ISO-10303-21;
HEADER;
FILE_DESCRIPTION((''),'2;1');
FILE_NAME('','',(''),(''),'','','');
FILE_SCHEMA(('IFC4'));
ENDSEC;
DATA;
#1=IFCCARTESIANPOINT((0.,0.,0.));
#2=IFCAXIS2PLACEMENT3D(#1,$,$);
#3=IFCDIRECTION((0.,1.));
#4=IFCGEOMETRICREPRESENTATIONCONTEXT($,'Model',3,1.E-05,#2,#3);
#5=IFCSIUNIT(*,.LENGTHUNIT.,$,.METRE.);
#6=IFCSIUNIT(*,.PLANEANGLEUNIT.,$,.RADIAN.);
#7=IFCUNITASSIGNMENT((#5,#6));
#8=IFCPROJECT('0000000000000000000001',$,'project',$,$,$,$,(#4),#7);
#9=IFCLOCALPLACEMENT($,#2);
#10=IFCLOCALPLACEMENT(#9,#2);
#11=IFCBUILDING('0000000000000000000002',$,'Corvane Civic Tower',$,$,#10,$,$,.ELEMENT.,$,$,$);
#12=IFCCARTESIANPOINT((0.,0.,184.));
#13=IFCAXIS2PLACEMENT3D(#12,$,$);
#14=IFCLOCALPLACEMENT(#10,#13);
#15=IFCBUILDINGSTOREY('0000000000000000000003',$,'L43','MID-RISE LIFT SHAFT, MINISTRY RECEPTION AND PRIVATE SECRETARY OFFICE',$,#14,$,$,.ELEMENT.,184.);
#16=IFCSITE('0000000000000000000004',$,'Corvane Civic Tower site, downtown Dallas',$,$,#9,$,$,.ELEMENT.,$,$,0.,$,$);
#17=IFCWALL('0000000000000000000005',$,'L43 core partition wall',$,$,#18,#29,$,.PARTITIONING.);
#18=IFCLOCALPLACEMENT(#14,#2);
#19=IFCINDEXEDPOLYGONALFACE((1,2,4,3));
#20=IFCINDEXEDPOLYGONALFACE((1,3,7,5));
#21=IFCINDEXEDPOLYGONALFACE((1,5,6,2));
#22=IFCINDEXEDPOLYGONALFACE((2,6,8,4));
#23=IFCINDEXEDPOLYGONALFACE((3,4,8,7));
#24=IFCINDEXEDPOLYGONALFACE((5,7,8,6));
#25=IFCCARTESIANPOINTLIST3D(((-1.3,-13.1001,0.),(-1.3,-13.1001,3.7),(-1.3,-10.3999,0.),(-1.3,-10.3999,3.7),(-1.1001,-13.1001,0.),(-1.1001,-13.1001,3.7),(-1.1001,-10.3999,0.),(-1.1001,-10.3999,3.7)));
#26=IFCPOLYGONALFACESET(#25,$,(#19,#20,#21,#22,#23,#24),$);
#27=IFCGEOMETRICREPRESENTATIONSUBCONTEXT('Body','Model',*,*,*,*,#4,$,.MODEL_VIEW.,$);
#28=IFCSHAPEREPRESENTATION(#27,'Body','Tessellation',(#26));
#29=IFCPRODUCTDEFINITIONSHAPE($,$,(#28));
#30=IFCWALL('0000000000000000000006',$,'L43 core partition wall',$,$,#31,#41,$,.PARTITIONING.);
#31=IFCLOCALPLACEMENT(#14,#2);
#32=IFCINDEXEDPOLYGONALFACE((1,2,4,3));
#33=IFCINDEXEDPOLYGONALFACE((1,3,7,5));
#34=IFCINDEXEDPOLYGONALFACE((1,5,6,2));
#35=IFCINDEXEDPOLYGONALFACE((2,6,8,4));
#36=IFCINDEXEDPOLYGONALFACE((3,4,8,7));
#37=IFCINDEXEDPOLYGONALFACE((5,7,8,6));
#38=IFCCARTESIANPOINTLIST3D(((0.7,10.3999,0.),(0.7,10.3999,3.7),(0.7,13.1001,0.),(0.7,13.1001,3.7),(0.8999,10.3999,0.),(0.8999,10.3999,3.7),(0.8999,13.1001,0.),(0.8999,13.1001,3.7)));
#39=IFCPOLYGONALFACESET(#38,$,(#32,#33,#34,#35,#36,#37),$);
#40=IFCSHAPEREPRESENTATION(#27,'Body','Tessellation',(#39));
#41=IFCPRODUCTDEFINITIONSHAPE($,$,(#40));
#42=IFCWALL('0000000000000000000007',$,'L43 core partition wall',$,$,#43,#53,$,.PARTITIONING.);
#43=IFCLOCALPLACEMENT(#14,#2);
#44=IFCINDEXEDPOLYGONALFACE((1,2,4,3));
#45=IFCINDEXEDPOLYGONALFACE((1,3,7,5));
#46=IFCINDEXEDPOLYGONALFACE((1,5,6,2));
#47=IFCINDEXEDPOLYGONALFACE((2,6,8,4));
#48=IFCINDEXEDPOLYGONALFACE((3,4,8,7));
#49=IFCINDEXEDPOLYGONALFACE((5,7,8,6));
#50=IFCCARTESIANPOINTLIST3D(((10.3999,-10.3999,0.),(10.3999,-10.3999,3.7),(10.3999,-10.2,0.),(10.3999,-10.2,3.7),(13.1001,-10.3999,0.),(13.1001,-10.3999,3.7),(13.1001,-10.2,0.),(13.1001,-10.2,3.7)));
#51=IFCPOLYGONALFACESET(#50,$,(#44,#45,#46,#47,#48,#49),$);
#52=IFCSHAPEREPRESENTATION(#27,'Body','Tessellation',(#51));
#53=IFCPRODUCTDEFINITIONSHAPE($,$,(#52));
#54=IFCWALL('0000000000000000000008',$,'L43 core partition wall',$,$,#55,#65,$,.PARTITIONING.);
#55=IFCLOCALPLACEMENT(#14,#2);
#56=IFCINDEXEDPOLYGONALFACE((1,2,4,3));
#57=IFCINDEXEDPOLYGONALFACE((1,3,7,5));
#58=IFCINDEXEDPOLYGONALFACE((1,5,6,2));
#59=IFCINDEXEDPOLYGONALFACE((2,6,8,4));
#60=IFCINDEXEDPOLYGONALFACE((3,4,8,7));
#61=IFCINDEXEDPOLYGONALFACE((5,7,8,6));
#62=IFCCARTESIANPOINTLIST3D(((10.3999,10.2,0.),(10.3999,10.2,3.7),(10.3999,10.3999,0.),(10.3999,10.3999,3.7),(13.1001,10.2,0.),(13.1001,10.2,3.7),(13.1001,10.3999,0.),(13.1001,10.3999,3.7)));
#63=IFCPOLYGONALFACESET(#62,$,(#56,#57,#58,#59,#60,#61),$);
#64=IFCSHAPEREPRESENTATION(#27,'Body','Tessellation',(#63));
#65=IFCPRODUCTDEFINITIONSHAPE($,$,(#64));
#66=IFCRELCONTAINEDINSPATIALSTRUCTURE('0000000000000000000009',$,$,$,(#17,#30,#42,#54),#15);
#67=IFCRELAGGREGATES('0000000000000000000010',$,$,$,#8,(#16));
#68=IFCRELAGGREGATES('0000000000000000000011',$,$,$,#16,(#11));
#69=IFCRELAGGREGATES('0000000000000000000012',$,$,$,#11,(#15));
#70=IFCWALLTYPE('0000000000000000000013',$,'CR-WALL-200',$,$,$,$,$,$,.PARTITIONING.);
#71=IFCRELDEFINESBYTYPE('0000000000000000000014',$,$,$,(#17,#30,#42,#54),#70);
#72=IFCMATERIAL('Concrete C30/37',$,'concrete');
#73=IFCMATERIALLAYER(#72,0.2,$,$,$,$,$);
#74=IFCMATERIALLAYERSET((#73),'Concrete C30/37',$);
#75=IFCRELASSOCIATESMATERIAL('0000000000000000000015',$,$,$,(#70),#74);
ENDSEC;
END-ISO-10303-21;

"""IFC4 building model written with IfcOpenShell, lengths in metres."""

from ifc_helpers import new_model, si_unit, direction, frame, origin, place, context, subcontext, project, spatial, polyline, outline, extrude, material, layer, layer_set, type_object, element, save


model = new_model("IFC4")

# Units and contexts
model_context = context("Model", 3, precision=1e-05, world=origin(), true_north=direction((0.0, 1.0)))
body_context = subcontext(model_context, "Body", "Model", "MODEL_VIEW")
ifc_project = project(units=[si_unit("LENGTHUNIT", "METRE"), si_unit("PLANEANGLEUNIT", "RADIAN")], contexts=[model_context])

# Site, building, storey
site_placement = place(None, origin())
site = spatial("IfcSite", under=ifc_project, at=site_placement, Name="Corvane Civic Tower site, downtown Dallas", CompositionType="ELEMENT", RefElevation=0.0)
building_placement = place(site_placement, origin())
building = spatial("IfcBuilding", under=site, at=building_placement, Name="Corvane Civic Tower", CompositionType="ELEMENT")
storey_placement = place(building_placement, frame((0.0, 0.0, 184.0)))
storey = spatial("IfcBuildingStorey", under=building, at=storey_placement, Name="L43", Description="MID-RISE LIFT SHAFT, MINISTRY RECEPTION AND PRIVATE SECRETARY OFFICE", CompositionType="ELEMENT", Elevation=184.0)

# Shared definitions
ifc_material_1 = material(Name="Concrete C30/37", Category="concrete")
ifc_layer = layer(ifc_material_1, 0.2)
ifc_layer_set = layer_set([ifc_layer], Name="Concrete C30/37")
wall_type = type_object("IfcWallType", Name="CR-WALL-200", PredefinedType="PARTITIONING", material=ifc_layer_set)

# Walls
wall_1_placement = place(storey_placement, origin())
element("IfcWall", 1, at=wall_1_placement, inside=storey, type_object=wall_type, Name="L43 core partition wall", PredefinedType="PARTITIONING", context=body_context, shape_type="SweptSolid", body=[
    extrude(outline(polyline([(-1.1001, -13.1001), (-1.3, -13.1001), (-1.3, -10.3999), (-1.1001, -10.3999), (-1.1001, -13.1001)])), origin(), (0.0, 0.0, 1.0), 3.7),
])
wall_2_placement = place(storey_placement, origin())
element("IfcWall", 2, at=wall_2_placement, inside=storey, type_object=wall_type, Name="L43 core partition wall", PredefinedType="PARTITIONING", context=body_context, shape_type="SweptSolid", body=[
    extrude(outline(polyline([(0.8999, 10.3999), (0.7, 10.3999), (0.7, 13.1001), (0.8999, 13.1001), (0.8999, 10.3999)])), origin(), (0.0, 0.0, 1.0), 3.7),
])
wall_3_placement = place(storey_placement, origin())
element("IfcWall", 3, at=wall_3_placement, inside=storey, type_object=wall_type, Name="L43 core partition wall", PredefinedType="PARTITIONING", context=body_context, shape_type="SweptSolid", body=[
    extrude(outline(polyline([(13.1001, -10.3999), (10.3999, -10.3999), (10.3999, -10.2), (13.1001, -10.2), (13.1001, -10.3999)])), origin(), (0.0, 0.0, 1.0), 3.7),
])
wall_4_placement = place(storey_placement, origin())
element("IfcWall", 4, at=wall_4_placement, inside=storey, type_object=wall_type, Name="L43 core partition wall", PredefinedType="PARTITIONING", context=body_context, shape_type="SweptSolid", body=[
    extrude(outline(polyline([(10.3999, 10.2), (10.3999, 10.3999), (13.1001, 10.3999), (13.1001, 10.2), (10.3999, 10.2)])), origin(), (0.0, 0.0, 1.0), 3.7),
])

save(model, "model.ifc")
